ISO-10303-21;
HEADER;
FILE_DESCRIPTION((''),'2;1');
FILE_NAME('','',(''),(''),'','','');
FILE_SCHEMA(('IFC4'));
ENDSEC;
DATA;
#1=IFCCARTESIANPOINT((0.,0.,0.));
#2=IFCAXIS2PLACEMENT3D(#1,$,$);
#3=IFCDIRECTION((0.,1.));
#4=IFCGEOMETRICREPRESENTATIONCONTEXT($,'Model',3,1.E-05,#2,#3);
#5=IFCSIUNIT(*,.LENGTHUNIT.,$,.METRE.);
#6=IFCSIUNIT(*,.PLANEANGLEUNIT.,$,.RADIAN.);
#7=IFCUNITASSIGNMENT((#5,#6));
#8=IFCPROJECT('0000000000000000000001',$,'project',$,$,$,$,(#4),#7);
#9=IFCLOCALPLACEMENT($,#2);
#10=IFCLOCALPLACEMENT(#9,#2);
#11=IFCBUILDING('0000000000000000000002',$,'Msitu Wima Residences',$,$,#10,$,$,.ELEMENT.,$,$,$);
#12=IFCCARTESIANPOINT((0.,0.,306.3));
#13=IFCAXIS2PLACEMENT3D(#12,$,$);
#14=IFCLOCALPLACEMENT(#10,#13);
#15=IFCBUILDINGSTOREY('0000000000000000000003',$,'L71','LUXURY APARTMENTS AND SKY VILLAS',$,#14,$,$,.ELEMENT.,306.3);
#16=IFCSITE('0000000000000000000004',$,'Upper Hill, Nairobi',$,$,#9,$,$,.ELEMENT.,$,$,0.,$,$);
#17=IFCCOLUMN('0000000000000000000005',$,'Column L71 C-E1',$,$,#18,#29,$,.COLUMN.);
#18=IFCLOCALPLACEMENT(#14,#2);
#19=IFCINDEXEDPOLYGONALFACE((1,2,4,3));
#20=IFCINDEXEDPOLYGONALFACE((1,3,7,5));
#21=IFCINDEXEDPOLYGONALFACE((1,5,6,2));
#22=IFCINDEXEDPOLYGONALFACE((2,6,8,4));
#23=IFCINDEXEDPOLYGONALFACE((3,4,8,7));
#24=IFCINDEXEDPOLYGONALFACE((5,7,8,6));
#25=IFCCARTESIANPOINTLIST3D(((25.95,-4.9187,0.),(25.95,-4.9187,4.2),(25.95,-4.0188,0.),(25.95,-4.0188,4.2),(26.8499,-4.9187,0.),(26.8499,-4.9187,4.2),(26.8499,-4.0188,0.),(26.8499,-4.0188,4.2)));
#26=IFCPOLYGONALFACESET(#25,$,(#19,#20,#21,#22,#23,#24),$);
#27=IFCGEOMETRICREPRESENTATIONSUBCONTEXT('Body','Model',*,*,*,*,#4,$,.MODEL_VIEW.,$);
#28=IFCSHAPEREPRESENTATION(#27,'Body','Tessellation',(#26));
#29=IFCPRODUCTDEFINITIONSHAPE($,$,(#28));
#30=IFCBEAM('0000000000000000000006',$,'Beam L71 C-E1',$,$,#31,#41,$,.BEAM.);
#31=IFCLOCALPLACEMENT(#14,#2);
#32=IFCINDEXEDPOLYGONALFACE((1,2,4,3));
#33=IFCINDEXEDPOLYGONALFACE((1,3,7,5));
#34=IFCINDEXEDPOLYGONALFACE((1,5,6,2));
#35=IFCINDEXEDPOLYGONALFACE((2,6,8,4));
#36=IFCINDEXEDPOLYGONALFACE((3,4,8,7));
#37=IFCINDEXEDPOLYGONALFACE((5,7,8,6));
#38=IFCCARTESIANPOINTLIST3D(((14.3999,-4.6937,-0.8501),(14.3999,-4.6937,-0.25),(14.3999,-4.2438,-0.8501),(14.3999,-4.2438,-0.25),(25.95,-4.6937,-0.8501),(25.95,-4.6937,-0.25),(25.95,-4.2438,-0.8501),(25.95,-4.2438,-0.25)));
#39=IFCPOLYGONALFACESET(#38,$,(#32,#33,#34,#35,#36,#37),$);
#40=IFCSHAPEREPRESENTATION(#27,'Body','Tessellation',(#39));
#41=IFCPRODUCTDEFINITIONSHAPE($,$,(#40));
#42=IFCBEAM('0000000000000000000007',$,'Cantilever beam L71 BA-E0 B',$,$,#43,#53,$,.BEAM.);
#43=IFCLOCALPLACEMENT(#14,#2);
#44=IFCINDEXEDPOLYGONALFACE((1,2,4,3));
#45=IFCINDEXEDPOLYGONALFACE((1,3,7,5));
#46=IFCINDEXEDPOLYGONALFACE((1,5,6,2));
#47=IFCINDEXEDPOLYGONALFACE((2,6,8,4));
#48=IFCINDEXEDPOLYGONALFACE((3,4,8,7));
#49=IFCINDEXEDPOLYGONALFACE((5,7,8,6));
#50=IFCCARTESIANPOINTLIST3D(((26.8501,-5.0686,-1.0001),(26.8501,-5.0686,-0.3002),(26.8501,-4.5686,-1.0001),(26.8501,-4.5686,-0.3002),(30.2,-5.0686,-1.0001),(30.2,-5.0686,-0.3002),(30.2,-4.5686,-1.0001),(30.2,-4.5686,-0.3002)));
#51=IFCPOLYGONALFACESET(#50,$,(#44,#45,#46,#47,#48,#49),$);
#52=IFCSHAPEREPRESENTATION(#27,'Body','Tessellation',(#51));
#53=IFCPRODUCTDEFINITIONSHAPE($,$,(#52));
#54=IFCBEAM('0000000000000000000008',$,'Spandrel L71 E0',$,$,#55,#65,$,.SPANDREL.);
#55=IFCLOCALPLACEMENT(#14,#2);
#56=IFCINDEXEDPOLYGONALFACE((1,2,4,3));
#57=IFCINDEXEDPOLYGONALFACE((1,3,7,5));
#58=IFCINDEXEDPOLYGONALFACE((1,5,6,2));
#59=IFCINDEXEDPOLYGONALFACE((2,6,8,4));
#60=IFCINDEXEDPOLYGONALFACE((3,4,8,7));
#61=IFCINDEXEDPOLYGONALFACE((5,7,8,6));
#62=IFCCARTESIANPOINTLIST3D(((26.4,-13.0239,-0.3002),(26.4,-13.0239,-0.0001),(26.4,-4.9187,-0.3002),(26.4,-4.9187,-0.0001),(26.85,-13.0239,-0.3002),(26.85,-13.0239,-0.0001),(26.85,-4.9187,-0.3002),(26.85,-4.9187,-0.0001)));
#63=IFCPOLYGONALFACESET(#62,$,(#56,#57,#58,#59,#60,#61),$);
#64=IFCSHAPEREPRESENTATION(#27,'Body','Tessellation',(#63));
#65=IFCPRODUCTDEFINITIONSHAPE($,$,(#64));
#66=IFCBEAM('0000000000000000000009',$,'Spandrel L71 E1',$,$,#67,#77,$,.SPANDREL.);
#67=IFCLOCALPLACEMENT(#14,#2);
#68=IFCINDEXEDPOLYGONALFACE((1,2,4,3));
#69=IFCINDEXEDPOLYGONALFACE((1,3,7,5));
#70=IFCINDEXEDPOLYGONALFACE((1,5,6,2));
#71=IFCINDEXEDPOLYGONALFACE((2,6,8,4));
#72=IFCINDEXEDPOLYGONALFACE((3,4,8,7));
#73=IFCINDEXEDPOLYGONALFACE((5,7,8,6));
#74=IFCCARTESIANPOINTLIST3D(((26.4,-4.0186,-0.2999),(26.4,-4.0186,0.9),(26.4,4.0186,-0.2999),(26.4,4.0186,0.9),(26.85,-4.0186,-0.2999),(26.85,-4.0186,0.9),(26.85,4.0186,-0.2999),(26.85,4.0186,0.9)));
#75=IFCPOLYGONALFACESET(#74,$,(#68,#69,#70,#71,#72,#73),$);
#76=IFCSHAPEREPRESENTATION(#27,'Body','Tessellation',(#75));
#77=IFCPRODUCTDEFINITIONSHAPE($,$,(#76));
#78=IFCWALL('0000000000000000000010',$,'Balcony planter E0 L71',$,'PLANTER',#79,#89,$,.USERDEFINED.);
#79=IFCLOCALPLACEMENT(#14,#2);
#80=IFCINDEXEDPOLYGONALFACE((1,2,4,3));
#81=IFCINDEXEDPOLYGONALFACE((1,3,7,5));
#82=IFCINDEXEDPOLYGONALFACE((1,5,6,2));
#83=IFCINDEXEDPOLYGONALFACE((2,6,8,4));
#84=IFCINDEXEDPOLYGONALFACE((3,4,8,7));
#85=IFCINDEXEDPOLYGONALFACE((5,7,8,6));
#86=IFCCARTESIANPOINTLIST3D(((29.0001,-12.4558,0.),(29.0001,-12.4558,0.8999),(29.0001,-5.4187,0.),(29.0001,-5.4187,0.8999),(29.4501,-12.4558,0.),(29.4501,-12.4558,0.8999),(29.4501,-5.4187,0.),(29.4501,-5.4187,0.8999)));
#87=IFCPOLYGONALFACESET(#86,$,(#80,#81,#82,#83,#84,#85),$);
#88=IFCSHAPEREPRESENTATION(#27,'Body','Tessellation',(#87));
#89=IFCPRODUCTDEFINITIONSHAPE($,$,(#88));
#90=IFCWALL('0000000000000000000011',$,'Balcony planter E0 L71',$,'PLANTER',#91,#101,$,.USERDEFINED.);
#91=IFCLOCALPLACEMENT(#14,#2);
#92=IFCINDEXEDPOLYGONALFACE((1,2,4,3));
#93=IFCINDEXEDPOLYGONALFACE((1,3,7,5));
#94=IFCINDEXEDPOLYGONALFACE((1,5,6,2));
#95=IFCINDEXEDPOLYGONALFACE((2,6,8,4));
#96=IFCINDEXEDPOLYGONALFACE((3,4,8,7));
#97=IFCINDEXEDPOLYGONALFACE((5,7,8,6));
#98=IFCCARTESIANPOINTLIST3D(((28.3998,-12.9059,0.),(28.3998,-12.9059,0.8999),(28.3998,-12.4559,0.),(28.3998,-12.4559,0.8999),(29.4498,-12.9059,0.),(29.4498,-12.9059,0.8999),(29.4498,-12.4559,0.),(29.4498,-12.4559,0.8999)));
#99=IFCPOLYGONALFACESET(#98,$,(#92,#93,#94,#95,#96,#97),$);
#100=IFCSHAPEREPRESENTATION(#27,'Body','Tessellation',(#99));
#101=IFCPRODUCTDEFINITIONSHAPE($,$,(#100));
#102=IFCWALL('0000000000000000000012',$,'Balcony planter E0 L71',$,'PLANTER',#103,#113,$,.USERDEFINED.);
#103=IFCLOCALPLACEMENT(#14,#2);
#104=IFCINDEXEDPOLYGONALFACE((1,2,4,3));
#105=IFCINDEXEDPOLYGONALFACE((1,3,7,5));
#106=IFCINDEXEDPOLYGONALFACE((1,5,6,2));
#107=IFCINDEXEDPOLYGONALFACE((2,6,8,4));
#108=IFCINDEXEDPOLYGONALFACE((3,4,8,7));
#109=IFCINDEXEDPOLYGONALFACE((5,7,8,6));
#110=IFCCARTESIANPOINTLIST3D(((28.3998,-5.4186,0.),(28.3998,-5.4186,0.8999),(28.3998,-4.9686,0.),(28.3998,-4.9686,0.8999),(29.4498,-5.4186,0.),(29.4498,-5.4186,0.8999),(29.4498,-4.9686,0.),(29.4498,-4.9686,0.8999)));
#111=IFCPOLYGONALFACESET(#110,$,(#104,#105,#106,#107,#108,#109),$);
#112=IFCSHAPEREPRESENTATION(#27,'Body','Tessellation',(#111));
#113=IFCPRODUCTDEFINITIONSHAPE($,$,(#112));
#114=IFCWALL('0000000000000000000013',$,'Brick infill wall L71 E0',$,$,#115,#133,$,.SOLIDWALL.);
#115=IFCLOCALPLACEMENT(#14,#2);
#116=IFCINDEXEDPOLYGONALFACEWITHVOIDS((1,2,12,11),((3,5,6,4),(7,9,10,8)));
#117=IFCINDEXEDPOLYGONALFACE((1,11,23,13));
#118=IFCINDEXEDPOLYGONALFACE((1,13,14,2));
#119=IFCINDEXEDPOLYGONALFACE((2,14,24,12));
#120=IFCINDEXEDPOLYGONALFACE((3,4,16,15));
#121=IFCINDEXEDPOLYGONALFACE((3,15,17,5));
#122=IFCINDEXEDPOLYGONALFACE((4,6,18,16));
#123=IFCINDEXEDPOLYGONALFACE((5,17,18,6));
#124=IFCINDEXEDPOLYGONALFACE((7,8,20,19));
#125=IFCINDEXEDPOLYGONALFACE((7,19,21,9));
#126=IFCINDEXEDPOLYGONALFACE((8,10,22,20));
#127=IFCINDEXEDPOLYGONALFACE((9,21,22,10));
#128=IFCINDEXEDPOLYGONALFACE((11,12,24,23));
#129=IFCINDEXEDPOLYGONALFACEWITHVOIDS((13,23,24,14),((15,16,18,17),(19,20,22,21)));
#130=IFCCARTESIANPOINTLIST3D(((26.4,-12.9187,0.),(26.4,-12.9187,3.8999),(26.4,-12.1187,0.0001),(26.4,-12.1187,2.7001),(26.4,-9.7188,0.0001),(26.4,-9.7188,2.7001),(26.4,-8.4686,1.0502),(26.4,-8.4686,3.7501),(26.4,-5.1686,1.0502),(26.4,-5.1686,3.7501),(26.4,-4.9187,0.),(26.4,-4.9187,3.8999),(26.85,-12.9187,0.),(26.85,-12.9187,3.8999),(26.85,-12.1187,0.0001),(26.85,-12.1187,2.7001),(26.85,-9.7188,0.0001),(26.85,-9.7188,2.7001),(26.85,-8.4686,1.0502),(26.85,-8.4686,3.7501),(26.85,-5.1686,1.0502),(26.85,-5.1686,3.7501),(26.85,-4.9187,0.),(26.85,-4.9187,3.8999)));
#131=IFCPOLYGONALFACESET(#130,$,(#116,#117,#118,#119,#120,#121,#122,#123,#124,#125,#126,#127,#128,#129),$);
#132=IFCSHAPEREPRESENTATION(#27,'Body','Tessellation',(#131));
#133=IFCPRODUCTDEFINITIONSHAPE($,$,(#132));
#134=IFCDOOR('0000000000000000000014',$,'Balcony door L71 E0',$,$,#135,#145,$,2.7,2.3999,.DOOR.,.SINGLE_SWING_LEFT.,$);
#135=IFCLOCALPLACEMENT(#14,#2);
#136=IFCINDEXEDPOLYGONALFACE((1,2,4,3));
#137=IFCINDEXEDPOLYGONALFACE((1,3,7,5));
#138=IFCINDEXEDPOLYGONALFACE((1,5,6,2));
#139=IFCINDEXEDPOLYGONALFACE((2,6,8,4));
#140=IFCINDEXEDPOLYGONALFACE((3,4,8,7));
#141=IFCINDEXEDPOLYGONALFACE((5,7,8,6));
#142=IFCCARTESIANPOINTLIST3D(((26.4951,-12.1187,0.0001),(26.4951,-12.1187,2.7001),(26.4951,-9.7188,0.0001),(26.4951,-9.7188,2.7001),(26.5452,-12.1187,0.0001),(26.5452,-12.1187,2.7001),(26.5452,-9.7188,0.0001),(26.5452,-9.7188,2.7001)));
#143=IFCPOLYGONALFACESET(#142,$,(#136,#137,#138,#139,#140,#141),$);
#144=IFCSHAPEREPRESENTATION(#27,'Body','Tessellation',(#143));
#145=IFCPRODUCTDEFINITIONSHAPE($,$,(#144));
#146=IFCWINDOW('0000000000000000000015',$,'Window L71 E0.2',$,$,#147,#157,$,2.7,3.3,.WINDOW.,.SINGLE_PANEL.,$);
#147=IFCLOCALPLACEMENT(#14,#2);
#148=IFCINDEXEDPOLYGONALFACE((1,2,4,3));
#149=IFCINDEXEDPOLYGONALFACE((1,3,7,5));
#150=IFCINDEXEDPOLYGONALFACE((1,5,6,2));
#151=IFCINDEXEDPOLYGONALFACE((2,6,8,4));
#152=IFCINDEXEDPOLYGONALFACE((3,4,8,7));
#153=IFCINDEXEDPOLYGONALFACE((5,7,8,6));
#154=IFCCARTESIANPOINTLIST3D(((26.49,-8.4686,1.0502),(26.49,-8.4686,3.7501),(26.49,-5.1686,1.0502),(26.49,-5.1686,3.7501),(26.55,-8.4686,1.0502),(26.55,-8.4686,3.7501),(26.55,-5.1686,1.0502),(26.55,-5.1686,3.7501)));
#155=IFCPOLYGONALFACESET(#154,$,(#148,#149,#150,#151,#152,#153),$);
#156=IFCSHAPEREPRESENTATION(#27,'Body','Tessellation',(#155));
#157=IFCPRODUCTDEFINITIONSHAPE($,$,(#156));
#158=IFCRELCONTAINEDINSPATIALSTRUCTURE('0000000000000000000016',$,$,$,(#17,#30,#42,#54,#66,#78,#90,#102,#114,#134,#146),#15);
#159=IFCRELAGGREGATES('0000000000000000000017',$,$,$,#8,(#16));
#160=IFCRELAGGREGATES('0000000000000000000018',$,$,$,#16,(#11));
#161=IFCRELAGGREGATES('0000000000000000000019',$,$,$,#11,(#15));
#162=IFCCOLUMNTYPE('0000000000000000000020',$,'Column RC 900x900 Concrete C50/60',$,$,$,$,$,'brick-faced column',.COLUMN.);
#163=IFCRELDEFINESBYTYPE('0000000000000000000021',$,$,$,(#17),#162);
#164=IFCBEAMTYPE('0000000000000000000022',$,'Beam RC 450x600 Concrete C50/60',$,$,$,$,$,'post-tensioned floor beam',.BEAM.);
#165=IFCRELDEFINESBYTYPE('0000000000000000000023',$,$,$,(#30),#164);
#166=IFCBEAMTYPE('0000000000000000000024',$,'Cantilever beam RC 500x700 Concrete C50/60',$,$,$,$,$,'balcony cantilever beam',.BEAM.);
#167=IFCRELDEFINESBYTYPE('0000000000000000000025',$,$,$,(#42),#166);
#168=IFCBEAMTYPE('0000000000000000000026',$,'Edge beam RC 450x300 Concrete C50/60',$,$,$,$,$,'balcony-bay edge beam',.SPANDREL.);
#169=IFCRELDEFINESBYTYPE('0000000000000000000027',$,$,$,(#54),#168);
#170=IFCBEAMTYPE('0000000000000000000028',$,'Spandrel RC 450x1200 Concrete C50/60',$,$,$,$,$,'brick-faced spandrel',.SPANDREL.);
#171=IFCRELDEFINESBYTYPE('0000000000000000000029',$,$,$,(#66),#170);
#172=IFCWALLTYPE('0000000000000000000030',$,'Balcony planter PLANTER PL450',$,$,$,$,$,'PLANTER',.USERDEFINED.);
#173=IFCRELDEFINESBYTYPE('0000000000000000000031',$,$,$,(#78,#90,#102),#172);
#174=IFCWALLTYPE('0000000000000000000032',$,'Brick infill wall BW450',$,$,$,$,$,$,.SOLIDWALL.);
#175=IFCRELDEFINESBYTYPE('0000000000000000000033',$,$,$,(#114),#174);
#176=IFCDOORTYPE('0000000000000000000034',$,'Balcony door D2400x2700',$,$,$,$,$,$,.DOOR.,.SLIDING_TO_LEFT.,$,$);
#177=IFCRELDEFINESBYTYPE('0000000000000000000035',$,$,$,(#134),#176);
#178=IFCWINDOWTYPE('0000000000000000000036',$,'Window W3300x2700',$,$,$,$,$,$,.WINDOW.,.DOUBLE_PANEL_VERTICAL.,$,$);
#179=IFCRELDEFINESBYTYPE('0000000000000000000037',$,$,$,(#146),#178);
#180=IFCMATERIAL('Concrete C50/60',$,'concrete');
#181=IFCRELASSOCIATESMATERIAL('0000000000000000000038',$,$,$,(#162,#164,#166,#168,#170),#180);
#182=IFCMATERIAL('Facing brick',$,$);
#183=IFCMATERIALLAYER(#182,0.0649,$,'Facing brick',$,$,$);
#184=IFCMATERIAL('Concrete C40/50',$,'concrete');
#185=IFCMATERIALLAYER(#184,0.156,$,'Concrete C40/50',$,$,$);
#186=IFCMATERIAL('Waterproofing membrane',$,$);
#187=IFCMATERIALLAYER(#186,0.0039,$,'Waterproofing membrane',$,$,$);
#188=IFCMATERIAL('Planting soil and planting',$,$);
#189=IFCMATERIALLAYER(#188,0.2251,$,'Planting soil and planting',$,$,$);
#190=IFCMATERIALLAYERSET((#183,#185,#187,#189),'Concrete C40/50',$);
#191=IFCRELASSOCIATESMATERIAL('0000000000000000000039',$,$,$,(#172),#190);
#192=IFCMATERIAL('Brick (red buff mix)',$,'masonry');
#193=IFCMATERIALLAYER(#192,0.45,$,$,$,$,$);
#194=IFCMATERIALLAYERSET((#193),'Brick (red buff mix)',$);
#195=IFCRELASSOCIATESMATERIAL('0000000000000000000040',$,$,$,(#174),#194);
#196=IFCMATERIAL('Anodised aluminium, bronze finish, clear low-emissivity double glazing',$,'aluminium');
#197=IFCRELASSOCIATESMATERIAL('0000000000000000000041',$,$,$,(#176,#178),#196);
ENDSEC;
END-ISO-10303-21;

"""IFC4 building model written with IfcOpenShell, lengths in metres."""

from ifc_helpers import new_model, si_unit, direction, frame, frame_2d, origin, origin_2d, place, context, subcontext, project, spatial, rectangle, extrude, material, layer, layer_set, material_profile, profile_set, type_object, element, fill, save


model = new_model("IFC4")

# Units and contexts
model_context = context("Model", 3, precision=1e-05, world=origin(), true_north=direction((0.0, 1.0)))
body_context = subcontext(model_context, "Body", "Model", "MODEL_VIEW")
ifc_project = project(units=[si_unit("LENGTHUNIT", "METRE"), si_unit("PLANEANGLEUNIT", "RADIAN")], contexts=[model_context])

# Site, building, storey
site_placement = place(None, origin())
site = spatial("IfcSite", under=ifc_project, at=site_placement, Name="Upper Hill, Nairobi", CompositionType="ELEMENT", RefElevation=0.0)
building_placement = place(site_placement, origin())
building = spatial("IfcBuilding", under=site, at=building_placement, Name="Msitu Wima Residences", CompositionType="ELEMENT")
storey_placement = place(building_placement, frame((0.0, 0.0, 306.3)))
storey = spatial("IfcBuildingStorey", under=building, at=storey_placement, Name="L71", Description="LUXURY APARTMENTS AND SKY VILLAS", CompositionType="ELEMENT", Elevation=306.3)

# Column
ifc_material_1 = material(Name="Concrete C50/60", Category="concrete")
ifc_material_profile_1 = material_profile(ifc_material_1, rectangle(XDim=0.8999, YDim=0.8999, at=origin_2d()), Name="RC 900x900")
ifc_profile_set_1 = profile_set([ifc_material_profile_1], Name="Concrete C50/60")
column_type = type_object("IfcColumnType", Name="Column RC 900x900 Concrete C50/60", ElementType="brick-faced column", PredefinedType="COLUMN", material=ifc_profile_set_1)
column_placement = place(storey_placement, frame((26.3999, -4.4688, 0.0), z_axis=(0.0, 0.0, 1.0), x_axis=(0.0, 1.0, 0.0)))
element("IfcColumn", 1, at=column_placement, inside=storey, type_object=column_type, Name="Column L71 C-E1", PredefinedType="COLUMN", context=body_context, shape_type="SweptSolid", body=[
    extrude(rectangle(XDim=0.8999, YDim=0.8999, at=origin_2d()), origin(), (0.0, 0.0, 1.0), 4.2),
])

# Beams
ifc_material_profile_2 = material_profile(ifc_material_1, rectangle(XDim=0.45, YDim=0.6001, at=origin_2d()), Name="RC 450x600")
ifc_profile_set_2 = profile_set([ifc_material_profile_2], Name="Concrete C50/60")
beam_type_1 = type_object("IfcBeamType", Name="Beam RC 450x600 Concrete C50/60", ElementType="post-tensioned floor beam", PredefinedType="BEAM", material=ifc_profile_set_2)
beam_1_placement = place(storey_placement, frame((25.95, -4.4688, -0.55), z_axis=(-1.0, 0.0, 0.0), x_axis=(0.0, -1.0, 0.0)))
element("IfcBeam", 2, at=beam_1_placement, inside=storey, type_object=beam_type_1, Name="Beam L71 C-E1", PredefinedType="BEAM", context=body_context, shape_type="SweptSolid", body=[
    extrude(rectangle(XDim=0.45, YDim=0.6001, at=origin_2d()), origin(), (0.0, 0.0, 1.0), 11.55),
])
ifc_material_profile_3 = material_profile(ifc_material_1, rectangle(XDim=0.5, YDim=0.7, at=origin_2d()), Name="RC 500x700")
ifc_profile_set_3 = profile_set([ifc_material_profile_3], Name="Concrete C50/60")
beam_type_2 = type_object("IfcBeamType", Name="Cantilever beam RC 500x700 Concrete C50/60", ElementType="balcony cantilever beam", PredefinedType="BEAM", material=ifc_profile_set_3)
beam_2_placement = place(storey_placement, frame((26.8501, -4.8186, -0.6501), z_axis=(1.0, 0.0, 0.0), x_axis=(0.0, 1.0, 0.0)))
element("IfcBeam", 3, at=beam_2_placement, inside=storey, type_object=beam_type_2, Name="Cantilever beam L71 BA-E0 B", PredefinedType="BEAM", context=body_context, shape_type="SweptSolid", body=[
    extrude(rectangle(XDim=0.5, YDim=0.7, at=origin_2d()), origin(), (0.0, 0.0, 1.0), 3.3499),
])
ifc_material_profile_4 = material_profile(ifc_material_1, rectangle(XDim=0.45, YDim=0.3, at=origin_2d()), Name="RC 450x300")
ifc_profile_set_4 = profile_set([ifc_material_profile_4], Name="Concrete C50/60")
beam_type_3 = type_object("IfcBeamType", Name="Edge beam RC 450x300 Concrete C50/60", ElementType="balcony-bay edge beam", PredefinedType="SPANDREL", material=ifc_profile_set_4)
beam_3_placement = place(storey_placement, frame((26.625, -13.0239, -0.1501), z_axis=(0.0, 1.0, 0.0), x_axis=(-1.0, 0.0, 0.0)))
element("IfcBeam", 4, at=beam_3_placement, inside=storey, type_object=beam_type_3, Name="Spandrel L71 E0", PredefinedType="SPANDREL", context=body_context, shape_type="SweptSolid", body=[
    extrude(rectangle(XDim=0.45, YDim=0.3, at=origin_2d()), origin(), (0.0, 0.0, 1.0), 8.1052),
])
ifc_material_profile_5 = material_profile(ifc_material_1, rectangle(XDim=0.45, YDim=1.2, at=origin_2d()), Name="RC 450x1200")
ifc_profile_set_5 = profile_set([ifc_material_profile_5], Name="Concrete C50/60")
beam_type_4 = type_object("IfcBeamType", Name="Spandrel RC 450x1200 Concrete C50/60", ElementType="brick-faced spandrel", PredefinedType="SPANDREL", material=ifc_profile_set_5)
beam_4_placement = place(storey_placement, frame((26.625, -4.0186, 0.3), z_axis=(0.0, 1.0, 0.0), x_axis=(-1.0, 0.0, 0.0)))
element("IfcBeam", 5, at=beam_4_placement, inside=storey, type_object=beam_type_4, Name="Spandrel L71 E1", PredefinedType="SPANDREL", context=body_context, shape_type="SweptSolid", body=[
    extrude(rectangle(XDim=0.45, YDim=1.2, at=origin_2d()), origin(), (0.0, 0.0, 1.0), 8.0371),
])

# Walls
ifc_material_2 = material(Name="Facing brick")
ifc_layer_1 = layer(ifc_material_2, 0.0649, Name="Facing brick")
ifc_material_3 = material(Name="Concrete C40/50", Category="concrete")
ifc_layer_2 = layer(ifc_material_3, 0.156, Name="Concrete C40/50")
ifc_material_4 = material(Name="Waterproofing membrane")
ifc_layer_3 = layer(ifc_material_4, 0.0039, Name="Waterproofing membrane")
ifc_material_5 = material(Name="Planting soil and planting")
ifc_layer_4 = layer(ifc_material_5, 0.2251, Name="Planting soil and planting")
ifc_layer_set_1 = layer_set([ifc_layer_1, ifc_layer_2, ifc_layer_3, ifc_layer_4], Name="Concrete C40/50")
wall_type_1 = type_object("IfcWallType", Name="Balcony planter PLANTER PL450", ElementType="PLANTER", PredefinedType="USERDEFINED", material=ifc_layer_set_1)
wall_1_placement = place(storey_placement, frame((29.2251, -12.4558, 0.0), z_axis=(0.0, 0.0, 1.0), x_axis=(0.0, 1.0, 0.0)))
element("IfcWall", 6, at=wall_1_placement, inside=storey, type_object=wall_type_1, Name="Balcony planter E0 L71", ObjectType="PLANTER", PredefinedType="USERDEFINED", context=body_context, shape_type="SweptSolid", body=[
    extrude(rectangle(XDim=7.0371, YDim=0.45, at=frame_2d((3.5186, 0.0))), origin(), (0.0, 0.0, 1.0), 0.8999),
])
for number, where, z_axis, x_axis, name in (
    (7, (28.3999, -12.6809, 0.0), (0.0, 0.0, 1.0), (1.0, 0.0, 0.0), "Balcony planter E0 L71"),
    (8, (28.3999, -5.1936, 0.0), (0.0, 0.0, 1.0), (1.0, 0.0, 0.0), "Balcony planter E0 L71"),
):
    element("IfcWall", number, at=place(storey_placement, frame(where, z_axis=z_axis, x_axis=x_axis)), inside=storey, type_object=wall_type_1, Name=name, ObjectType="PLANTER", PredefinedType="USERDEFINED", context=body_context, shape_type="SweptSolid", body=[
        extrude(rectangle(XDim=1.05, YDim=0.45, at=frame_2d((0.5249, 0.0))), origin(), (0.0, 0.0, 1.0), 0.8999),
    ])

# Wall, openings, door, window
ifc_material_6 = material(Name="Brick (red buff mix)", Category="masonry")
ifc_layer_5 = layer(ifc_material_6, 0.45)
ifc_layer_set_2 = layer_set([ifc_layer_5], Name="Brick (red buff mix)")
wall_type_2 = type_object("IfcWallType", Name="Brick infill wall BW450", PredefinedType="SOLIDWALL", material=ifc_layer_set_2)
wall_2_placement = place(storey_placement, frame((26.625, -12.9187, 0.0), z_axis=(0.0, 0.0, 1.0), x_axis=(0.0, 1.0, 0.0)))
wall_2 = element("IfcWall", 9, at=wall_2_placement, inside=storey, type_object=wall_type_2, Name="Brick infill wall L71 E0", PredefinedType="SOLIDWALL", context=body_context, shape_type="SweptSolid", body=[
    extrude(rectangle(XDim=8.0, YDim=0.45, at=frame_2d((4.0, 0.0))), origin(), (0.0, 0.0, 1.0), 3.8999),
])
opening_1_placement = place(wall_2_placement, frame((0.8, 0.0, 0.0)))
opening_1 = element("IfcOpeningElement", 10, at=opening_1_placement, cuts=wall_2, PredefinedType="OPENING", context=body_context, shape_type="SweptSolid", body=[
    extrude(rectangle(XDim=2.3999, YDim=2.7, at=frame_2d((1.2, 1.3501))), frame((0.0, 0.2349, 0.0), z_axis=(0.0, -1.0, 0.0), x_axis=(1.0, 0.0, 0.0)), (0.0, 0.0, 1.0), 0.47),
])
opening_2_placement = place(wall_2_placement, frame((4.4502, 0.0, 1.05)))
opening_2 = element("IfcOpeningElement", 11, at=opening_2_placement, cuts=wall_2, PredefinedType="OPENING", context=body_context, shape_type="SweptSolid", body=[
    extrude(rectangle(XDim=3.3, YDim=2.7, at=frame_2d((1.6499, 1.3501))), frame((0.0, 0.2349, 0.0), z_axis=(0.0, -1.0, 0.0), x_axis=(1.0, 0.0, 0.0)), (0.0, 0.0, 1.0), 0.47),
])
ifc_material_7 = material(Name="Anodised aluminium, bronze finish, clear low-emissivity double glazing", Category="aluminium")
door_type = type_object("IfcDoorType", Name="Balcony door D2400x2700", OperationType="SLIDING_TO_LEFT", PredefinedType="DOOR", material=ifc_material_7)
door_placement = place(opening_1_placement, origin())
door = element("IfcDoor", 12, at=door_placement, inside=storey, type_object=door_type, Name="Balcony door L71 E0", OperationType="SINGLE_SWING_LEFT", OverallHeight=2.7, OverallWidth=2.3999, PredefinedType="DOOR", context=body_context, shape_type="SweptSolid", body=[
    extrude(rectangle(XDim=2.3999, YDim=2.7, at=frame_2d((1.2, 1.3501))), frame((0.0, 0.1299, 0.0), z_axis=(0.0, -1.0, 0.0), x_axis=(1.0, 0.0, 0.0)), (0.0, 0.0, 1.0), 0.05),
])
fill(opening_1, door)
window_type = type_object("IfcWindowType", Name="Window W3300x2700", PartitioningType="DOUBLE_PANEL_VERTICAL", PredefinedType="WINDOW", material=ifc_material_7)
window_1_placement = place(opening_2_placement, origin())
window_1 = element("IfcWindow", 13, at=window_1_placement, inside=storey, type_object=window_type, Name="Window L71 E0.2", OverallHeight=2.7, OverallWidth=3.3, PartitioningType="SINGLE_PANEL", PredefinedType="WINDOW", context=body_context, shape_type="SweptSolid", body=[
    extrude(rectangle(XDim=3.3, YDim=2.7, at=frame_2d((1.6499, 1.3501))), frame((0.0, 0.135, 0.0), z_axis=(0.0, -1.0, 0.0), x_axis=(1.0, 0.0, 0.0)), (0.0, 0.0, 1.0), 0.0601),
])
fill(opening_2, window_1)

save(model, "model.ifc")
